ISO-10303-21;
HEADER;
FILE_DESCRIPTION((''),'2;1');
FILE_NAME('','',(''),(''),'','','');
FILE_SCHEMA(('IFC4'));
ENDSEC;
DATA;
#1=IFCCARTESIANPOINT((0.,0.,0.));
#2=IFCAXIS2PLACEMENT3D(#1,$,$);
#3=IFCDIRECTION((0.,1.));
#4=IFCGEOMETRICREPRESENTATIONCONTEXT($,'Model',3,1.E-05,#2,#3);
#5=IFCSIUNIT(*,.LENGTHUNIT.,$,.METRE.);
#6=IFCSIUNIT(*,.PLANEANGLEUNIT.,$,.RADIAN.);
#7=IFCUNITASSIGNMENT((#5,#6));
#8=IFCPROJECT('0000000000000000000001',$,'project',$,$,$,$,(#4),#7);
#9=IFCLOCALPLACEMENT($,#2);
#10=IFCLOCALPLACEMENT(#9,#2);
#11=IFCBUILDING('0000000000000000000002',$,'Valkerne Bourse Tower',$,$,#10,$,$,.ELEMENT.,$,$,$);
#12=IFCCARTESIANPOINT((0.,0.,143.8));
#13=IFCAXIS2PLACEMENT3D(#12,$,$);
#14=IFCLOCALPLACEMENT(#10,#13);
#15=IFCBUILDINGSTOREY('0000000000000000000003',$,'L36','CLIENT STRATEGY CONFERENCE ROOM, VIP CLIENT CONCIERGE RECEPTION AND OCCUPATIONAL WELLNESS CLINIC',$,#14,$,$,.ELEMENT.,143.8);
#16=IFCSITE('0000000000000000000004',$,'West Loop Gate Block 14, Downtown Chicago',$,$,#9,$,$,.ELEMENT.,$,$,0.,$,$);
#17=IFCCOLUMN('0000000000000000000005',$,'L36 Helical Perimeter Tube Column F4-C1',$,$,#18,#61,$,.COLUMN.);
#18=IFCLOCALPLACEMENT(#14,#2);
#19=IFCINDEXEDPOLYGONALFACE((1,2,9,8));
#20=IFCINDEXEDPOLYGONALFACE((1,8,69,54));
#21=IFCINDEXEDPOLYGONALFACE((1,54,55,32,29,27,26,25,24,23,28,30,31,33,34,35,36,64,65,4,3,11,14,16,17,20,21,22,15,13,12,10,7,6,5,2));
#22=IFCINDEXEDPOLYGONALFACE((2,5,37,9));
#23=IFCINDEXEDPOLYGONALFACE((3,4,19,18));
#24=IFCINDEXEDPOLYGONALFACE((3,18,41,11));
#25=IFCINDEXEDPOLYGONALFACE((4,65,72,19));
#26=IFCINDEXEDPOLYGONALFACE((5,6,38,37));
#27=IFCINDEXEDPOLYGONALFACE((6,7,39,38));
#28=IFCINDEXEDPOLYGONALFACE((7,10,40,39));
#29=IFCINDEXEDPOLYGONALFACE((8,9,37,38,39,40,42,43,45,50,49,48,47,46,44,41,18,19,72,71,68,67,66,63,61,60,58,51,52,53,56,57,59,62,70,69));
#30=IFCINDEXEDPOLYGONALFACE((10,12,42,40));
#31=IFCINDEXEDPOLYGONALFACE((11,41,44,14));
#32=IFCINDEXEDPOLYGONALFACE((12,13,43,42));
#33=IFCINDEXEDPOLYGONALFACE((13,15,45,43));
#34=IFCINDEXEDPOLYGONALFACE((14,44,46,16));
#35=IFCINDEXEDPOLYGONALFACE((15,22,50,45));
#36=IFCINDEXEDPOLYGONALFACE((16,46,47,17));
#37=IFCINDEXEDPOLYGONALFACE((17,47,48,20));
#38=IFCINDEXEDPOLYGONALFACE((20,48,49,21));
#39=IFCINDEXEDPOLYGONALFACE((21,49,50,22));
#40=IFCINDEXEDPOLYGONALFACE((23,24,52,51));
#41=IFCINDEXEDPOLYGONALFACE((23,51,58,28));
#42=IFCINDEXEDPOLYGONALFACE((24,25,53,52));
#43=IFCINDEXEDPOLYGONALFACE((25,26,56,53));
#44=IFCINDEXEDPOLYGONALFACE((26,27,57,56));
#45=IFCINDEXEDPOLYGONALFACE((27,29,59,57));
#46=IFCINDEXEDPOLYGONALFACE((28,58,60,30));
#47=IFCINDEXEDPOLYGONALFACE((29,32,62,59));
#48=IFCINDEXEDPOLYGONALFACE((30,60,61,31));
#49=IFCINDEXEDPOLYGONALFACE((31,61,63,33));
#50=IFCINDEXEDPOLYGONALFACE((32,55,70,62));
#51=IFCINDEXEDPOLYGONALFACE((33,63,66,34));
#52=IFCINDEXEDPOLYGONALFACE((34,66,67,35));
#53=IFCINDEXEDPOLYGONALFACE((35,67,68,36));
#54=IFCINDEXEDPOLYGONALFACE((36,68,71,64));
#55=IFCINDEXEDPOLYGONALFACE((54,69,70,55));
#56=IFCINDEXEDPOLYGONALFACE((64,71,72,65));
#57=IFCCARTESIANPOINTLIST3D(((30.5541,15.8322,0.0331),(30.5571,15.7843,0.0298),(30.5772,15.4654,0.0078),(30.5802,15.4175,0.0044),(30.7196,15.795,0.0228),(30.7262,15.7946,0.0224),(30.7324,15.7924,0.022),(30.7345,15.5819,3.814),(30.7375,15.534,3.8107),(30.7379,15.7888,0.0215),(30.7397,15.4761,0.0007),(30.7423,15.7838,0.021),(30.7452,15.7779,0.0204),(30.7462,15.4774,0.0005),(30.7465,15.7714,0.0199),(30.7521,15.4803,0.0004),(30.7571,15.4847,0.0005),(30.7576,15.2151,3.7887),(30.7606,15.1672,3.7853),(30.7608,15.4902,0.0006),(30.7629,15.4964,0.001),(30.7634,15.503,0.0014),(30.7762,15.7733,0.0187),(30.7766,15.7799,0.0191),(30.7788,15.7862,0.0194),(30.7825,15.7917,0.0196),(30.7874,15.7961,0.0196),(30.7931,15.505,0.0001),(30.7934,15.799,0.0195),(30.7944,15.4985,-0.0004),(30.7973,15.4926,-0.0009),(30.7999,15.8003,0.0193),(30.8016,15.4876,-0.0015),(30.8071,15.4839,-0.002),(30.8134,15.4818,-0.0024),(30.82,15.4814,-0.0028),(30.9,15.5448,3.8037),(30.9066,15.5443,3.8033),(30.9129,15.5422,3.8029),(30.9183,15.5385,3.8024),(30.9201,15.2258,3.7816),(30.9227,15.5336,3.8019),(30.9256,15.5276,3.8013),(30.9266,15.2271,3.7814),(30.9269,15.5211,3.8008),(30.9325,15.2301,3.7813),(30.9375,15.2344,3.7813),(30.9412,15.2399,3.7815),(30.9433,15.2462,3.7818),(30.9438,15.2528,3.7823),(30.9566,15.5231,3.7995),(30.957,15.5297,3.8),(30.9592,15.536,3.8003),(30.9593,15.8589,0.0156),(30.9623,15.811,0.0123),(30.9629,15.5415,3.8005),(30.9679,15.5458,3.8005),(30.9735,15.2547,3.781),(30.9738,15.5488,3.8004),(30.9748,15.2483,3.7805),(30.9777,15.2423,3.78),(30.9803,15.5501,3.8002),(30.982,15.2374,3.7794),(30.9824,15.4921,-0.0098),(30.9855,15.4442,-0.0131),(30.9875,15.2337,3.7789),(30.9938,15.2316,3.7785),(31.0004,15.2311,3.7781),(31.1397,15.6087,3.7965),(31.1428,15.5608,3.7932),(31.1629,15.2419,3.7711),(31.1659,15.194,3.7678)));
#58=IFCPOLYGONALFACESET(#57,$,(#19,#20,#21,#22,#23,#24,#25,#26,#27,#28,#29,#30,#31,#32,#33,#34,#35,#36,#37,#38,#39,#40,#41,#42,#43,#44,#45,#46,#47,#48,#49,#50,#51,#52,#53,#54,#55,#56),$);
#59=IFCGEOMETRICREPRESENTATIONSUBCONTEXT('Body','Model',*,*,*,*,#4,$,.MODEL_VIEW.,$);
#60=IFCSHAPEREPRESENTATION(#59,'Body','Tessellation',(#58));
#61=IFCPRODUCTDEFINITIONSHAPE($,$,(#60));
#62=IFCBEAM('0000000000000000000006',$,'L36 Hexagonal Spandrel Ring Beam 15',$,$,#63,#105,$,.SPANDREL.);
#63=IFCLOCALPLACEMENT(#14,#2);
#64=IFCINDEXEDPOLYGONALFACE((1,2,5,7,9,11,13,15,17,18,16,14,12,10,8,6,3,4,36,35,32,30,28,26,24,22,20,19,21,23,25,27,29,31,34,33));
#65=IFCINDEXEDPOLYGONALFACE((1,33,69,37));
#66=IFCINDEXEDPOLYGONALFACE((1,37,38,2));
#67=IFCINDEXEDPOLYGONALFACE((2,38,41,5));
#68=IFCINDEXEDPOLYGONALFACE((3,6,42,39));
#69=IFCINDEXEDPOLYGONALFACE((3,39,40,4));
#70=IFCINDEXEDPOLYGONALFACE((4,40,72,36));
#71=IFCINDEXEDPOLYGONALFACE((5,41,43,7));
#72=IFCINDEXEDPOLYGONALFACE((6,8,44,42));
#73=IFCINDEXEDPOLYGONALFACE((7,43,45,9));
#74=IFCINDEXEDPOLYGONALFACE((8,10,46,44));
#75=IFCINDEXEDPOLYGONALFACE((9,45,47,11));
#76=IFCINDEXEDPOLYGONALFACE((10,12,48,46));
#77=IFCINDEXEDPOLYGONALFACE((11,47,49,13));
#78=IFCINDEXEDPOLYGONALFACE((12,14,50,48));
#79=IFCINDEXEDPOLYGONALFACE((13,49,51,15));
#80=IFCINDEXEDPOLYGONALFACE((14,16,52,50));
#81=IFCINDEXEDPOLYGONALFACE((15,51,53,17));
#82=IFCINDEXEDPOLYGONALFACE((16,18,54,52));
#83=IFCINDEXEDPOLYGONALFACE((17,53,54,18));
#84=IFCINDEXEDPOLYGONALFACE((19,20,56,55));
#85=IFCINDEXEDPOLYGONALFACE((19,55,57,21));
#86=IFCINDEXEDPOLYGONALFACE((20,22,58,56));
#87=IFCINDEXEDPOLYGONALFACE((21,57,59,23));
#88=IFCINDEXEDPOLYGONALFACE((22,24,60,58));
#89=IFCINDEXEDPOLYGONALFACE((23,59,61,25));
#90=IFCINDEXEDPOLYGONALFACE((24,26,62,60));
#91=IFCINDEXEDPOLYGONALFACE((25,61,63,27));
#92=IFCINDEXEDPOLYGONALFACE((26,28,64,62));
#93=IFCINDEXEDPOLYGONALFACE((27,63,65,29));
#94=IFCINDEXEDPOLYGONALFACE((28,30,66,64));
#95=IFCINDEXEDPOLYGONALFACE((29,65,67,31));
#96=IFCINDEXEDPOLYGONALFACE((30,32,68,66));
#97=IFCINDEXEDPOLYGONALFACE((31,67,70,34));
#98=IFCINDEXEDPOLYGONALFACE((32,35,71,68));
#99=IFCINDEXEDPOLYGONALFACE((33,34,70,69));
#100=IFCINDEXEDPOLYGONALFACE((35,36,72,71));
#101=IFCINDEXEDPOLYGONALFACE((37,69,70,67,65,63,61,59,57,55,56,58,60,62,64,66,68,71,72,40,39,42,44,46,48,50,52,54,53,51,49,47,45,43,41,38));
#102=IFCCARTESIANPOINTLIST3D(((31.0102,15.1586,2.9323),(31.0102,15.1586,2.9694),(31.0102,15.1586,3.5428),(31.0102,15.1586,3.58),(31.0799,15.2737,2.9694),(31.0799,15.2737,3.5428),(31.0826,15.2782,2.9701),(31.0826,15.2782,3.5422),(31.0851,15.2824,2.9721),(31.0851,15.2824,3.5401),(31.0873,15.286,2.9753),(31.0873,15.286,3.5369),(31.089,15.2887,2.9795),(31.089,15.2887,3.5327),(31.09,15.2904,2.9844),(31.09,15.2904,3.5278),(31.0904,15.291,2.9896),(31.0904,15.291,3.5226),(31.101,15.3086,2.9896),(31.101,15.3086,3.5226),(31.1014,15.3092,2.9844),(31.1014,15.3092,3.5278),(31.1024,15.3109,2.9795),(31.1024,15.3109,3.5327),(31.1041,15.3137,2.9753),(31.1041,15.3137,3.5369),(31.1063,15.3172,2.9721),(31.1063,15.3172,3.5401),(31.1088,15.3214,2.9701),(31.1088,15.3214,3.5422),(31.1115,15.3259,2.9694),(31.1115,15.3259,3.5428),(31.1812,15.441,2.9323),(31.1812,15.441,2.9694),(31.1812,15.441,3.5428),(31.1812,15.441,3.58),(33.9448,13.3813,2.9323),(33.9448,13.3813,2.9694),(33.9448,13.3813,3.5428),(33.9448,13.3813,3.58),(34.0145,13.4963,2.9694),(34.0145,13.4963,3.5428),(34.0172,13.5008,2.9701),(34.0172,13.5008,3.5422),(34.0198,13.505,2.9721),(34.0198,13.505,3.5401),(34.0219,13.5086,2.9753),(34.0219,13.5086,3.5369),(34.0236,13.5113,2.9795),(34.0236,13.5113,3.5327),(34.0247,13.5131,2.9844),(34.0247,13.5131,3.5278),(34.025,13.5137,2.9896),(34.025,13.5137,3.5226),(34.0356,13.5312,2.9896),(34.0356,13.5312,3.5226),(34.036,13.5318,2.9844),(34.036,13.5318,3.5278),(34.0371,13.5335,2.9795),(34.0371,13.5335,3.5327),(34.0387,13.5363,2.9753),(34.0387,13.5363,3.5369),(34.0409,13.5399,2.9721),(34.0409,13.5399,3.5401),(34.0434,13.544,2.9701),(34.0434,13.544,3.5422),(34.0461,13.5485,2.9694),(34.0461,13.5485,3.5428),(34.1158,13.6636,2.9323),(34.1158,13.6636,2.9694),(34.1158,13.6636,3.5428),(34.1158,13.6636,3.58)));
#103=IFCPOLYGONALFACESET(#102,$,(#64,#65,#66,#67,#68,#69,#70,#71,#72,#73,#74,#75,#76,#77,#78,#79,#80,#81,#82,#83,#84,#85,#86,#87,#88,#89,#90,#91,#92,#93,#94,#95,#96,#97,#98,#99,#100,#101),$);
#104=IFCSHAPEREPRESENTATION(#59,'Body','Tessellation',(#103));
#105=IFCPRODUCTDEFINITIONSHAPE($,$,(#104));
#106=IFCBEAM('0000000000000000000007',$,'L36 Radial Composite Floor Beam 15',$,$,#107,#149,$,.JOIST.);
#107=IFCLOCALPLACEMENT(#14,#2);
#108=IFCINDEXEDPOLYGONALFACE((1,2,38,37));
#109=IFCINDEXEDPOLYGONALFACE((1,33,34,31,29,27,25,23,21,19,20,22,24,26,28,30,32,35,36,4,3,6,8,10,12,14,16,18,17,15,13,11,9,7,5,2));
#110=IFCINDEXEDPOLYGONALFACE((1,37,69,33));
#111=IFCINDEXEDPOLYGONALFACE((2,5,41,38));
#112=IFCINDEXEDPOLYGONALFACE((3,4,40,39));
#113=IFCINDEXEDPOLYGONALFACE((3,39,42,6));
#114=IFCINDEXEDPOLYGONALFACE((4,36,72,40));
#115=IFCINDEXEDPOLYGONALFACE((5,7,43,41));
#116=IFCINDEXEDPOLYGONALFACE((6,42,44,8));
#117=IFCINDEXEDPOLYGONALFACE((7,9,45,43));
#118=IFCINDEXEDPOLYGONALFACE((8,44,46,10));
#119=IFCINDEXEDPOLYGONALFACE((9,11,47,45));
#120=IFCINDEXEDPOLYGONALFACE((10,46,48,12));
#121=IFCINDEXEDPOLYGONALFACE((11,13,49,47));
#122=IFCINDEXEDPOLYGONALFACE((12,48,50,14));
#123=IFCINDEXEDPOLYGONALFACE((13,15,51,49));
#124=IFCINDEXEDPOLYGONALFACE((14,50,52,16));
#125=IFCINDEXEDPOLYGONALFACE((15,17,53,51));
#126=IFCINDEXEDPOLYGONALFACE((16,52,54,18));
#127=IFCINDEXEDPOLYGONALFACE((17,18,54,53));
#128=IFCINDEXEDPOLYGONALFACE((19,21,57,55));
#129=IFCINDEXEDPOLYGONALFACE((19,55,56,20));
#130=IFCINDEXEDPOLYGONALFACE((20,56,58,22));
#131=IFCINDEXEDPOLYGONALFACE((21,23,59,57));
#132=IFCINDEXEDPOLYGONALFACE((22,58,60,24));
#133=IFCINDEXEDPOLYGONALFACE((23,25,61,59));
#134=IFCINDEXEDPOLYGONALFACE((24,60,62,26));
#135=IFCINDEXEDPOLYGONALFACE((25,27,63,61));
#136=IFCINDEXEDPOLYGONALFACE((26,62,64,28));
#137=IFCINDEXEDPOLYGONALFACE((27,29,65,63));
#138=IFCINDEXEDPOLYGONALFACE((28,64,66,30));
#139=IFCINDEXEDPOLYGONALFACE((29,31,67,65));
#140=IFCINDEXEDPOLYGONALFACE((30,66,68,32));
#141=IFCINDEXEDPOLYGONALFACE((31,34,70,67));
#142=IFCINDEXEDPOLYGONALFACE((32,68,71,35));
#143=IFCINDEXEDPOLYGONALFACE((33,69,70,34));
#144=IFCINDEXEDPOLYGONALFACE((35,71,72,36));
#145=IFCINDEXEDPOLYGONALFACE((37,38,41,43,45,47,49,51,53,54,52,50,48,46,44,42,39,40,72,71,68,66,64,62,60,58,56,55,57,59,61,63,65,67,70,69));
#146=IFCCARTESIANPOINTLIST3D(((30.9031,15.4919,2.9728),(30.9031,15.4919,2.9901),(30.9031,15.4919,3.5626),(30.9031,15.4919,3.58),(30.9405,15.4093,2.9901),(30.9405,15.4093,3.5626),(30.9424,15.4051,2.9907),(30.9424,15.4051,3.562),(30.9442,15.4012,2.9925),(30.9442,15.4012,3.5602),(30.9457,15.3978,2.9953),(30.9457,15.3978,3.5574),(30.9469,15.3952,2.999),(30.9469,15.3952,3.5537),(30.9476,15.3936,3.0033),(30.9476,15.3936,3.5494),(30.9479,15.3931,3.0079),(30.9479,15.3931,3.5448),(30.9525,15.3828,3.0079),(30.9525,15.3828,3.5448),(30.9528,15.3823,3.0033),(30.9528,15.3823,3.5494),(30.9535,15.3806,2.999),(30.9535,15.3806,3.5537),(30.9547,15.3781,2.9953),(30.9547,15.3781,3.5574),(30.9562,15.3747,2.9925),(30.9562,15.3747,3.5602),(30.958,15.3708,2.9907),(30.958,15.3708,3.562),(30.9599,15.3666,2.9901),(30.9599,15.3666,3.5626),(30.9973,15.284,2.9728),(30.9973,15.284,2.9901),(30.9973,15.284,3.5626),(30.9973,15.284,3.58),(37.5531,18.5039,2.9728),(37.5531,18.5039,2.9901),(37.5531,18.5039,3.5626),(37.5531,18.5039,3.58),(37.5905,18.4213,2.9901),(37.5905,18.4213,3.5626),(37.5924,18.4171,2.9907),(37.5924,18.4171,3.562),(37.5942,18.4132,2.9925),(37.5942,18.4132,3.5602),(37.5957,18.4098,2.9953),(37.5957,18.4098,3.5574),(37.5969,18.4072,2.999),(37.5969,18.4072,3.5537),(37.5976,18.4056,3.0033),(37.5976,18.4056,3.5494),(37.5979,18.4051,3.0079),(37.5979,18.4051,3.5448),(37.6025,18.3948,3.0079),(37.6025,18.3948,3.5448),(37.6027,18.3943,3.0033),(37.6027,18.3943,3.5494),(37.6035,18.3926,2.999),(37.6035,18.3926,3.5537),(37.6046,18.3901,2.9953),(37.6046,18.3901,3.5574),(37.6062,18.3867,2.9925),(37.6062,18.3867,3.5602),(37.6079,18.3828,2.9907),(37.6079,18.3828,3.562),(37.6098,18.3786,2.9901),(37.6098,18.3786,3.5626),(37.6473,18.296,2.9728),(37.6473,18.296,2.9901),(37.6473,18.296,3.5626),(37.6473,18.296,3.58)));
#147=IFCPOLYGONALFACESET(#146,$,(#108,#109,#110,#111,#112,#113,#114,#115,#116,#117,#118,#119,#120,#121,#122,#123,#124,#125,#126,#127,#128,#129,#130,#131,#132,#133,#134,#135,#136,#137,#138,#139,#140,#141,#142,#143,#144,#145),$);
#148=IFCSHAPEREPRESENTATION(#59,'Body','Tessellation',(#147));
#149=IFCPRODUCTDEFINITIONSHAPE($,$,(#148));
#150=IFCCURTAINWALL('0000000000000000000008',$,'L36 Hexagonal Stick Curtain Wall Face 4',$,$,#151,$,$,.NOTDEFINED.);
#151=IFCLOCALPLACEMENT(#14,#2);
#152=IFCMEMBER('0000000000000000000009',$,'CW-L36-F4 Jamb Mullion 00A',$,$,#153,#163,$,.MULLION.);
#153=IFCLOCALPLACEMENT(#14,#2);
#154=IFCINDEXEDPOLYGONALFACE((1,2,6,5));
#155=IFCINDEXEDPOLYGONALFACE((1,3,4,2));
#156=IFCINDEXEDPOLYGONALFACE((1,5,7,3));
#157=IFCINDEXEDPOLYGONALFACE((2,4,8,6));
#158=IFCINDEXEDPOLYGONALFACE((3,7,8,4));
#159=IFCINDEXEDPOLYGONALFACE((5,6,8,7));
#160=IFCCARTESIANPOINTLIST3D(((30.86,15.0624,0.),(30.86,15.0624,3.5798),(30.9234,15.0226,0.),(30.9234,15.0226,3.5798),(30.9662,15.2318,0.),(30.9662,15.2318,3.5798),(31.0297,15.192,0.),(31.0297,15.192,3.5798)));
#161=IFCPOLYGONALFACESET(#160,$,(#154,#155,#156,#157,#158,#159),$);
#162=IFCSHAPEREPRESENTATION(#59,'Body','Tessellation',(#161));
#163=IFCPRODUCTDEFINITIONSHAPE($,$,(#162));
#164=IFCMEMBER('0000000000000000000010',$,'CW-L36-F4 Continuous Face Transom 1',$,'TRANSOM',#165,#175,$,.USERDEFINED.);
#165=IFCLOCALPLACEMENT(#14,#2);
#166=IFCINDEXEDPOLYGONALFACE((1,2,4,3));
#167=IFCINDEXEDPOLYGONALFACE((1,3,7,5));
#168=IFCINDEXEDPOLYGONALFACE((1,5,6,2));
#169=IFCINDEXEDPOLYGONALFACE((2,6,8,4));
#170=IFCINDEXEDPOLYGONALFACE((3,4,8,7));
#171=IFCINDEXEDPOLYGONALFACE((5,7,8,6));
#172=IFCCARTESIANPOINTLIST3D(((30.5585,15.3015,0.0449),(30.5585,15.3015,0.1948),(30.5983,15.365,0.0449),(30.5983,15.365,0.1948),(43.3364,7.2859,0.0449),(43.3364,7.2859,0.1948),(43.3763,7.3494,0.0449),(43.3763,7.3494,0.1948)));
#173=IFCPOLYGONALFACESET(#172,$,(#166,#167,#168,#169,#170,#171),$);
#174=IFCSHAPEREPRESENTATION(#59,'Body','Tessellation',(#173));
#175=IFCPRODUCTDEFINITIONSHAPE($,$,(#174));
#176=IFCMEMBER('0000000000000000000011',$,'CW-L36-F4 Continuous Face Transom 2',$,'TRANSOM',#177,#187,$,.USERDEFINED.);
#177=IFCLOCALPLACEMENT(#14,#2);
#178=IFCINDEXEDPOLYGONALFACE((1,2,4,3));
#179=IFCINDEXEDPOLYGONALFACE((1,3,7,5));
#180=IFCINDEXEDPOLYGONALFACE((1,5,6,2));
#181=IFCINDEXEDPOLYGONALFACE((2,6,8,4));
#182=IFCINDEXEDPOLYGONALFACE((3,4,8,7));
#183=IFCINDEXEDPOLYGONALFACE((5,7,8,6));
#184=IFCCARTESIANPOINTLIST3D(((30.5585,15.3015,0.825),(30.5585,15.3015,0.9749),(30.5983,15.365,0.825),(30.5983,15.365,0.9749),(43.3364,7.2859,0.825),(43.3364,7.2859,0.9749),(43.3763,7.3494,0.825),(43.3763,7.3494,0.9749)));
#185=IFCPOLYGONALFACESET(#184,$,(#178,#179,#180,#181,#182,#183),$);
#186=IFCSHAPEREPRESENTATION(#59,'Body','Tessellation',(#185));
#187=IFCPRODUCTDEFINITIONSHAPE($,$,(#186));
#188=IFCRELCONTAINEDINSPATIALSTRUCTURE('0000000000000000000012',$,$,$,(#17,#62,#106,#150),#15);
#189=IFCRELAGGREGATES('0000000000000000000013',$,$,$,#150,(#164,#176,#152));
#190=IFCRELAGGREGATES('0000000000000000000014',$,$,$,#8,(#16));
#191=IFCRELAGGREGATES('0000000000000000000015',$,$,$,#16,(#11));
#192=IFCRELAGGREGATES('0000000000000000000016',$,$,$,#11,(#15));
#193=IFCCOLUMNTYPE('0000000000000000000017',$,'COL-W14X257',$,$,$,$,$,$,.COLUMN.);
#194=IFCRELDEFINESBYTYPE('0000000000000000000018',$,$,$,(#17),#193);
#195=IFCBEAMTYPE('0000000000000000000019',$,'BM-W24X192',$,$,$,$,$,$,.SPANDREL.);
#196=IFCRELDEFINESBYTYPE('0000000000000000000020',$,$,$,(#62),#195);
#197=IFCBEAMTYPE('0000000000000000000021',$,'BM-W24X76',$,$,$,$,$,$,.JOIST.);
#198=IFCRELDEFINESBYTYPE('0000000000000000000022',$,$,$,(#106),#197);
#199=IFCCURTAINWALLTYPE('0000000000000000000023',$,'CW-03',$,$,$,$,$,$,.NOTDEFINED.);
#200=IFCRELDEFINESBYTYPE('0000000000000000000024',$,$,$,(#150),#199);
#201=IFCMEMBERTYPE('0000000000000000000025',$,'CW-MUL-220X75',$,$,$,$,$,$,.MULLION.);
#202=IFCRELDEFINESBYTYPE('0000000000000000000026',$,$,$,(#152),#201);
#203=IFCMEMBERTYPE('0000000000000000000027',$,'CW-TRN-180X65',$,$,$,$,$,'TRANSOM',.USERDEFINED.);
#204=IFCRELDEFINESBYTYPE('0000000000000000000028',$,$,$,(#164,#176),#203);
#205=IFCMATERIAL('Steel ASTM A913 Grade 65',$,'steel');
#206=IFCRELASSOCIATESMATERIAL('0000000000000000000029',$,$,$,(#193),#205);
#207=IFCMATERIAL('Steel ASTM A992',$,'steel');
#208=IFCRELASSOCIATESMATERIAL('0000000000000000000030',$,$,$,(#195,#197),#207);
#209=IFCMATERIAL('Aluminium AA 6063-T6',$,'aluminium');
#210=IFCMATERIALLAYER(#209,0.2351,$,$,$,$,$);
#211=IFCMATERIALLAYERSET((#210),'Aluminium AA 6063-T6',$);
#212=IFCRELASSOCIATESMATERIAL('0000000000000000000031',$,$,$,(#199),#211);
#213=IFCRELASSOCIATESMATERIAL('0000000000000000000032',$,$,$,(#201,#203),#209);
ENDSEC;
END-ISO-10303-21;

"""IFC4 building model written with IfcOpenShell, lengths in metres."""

from ifc_helpers import new_model, si_unit, direction, frame, origin, origin_2d, place, context, subcontext, project, spatial, rectangle, i_section, extrude, material, layer, layer_set, material_profile, profile_set, type_object, element, aggregate, save


model = new_model("IFC4")

# Units and contexts
model_context = context("Model", 3, precision=1e-05, world=origin(), true_north=direction((0.0, 1.0)))
body_context = subcontext(model_context, "Body", "Model", "MODEL_VIEW")
ifc_project = project(units=[si_unit("LENGTHUNIT", "METRE"), si_unit("PLANEANGLEUNIT", "RADIAN")], contexts=[model_context])

# Site, building, storey
site_placement = place(None, origin())
site = spatial("IfcSite", under=ifc_project, at=site_placement, Name="West Loop Gate Block 14, Downtown Chicago", CompositionType="ELEMENT", RefElevation=0.0)
building_placement = place(site_placement, origin())
building = spatial("IfcBuilding", under=site, at=building_placement, Name="Valkerne Bourse Tower", CompositionType="ELEMENT")
storey_placement = place(building_placement, frame((0.0, 0.0, 143.8)))
storey = spatial("IfcBuildingStorey", under=building, at=storey_placement, Name="L36", Description="CLIENT STRATEGY CONFERENCE ROOM, VIP CLIENT CONCIERGE RECEPTION AND OCCUPATIONAL WELLNESS CLINIC", CompositionType="ELEMENT", Elevation=143.8)

# Column
ifc_material_1 = material(Name="Steel ASTM A913 Grade 65", Category="steel")
ifc_material_profile_1 = material_profile(ifc_material_1, i_section(OverallWidth=0.4065, OverallDepth=0.4165, WebThickness=0.0298, FlangeThickness=0.0481, FilletRadius=0.0254, at=origin_2d()), Name="W14X257")
ifc_profile_set_1 = profile_set([ifc_material_profile_1], Name="Steel ASTM A913 Grade 65")
column_type = type_object("IfcColumnType", Name="COL-W14X257", PredefinedType="COLUMN", material=ifc_profile_set_1)
column_placement = place(storey_placement, frame((30.7698, 15.6382, 0.01), z_axis=(0.047559, -0.065965, 0.996688), x_axis=(0.996897, 0.065798, -0.043215)))
element("IfcColumn", 1, at=column_placement, inside=storey, type_object=column_type, Name="L36 Helical Perimeter Tube Column F4-C1", PredefinedType="COLUMN", context=body_context, shape_type="SweptSolid", body=[
    extrude(i_section(OverallWidth=0.4065, OverallDepth=0.4165, WebThickness=0.0298, FlangeThickness=0.0481, FilletRadius=0.0254, at=origin_2d()), origin(), (0.0, 0.0, 1.0), 3.7935),
])

# Beams
ifc_material_2 = material(Name="Steel ASTM A992", Category="steel")
ifc_material_profile_2 = material_profile(ifc_material_2, i_section(OverallWidth=0.3301, OverallDepth=0.6477, WebThickness=0.0205, FlangeThickness=0.0371, FilletRadius=0.0203, at=origin_2d()), Name="W24X192")
ifc_profile_set_2 = profile_set([ifc_material_profile_2], Name="Steel ASTM A992")
beam_type_1 = type_object("IfcBeamType", Name="BM-W24X192", PredefinedType="SPANDREL", material=ifc_profile_set_2)
beam_1_placement = place(storey_placement, frame((31.0957, 15.2998, 3.2561), z_axis=(0.855351, -0.518049, 0.0), x_axis=(0.518049, 0.855351, 0.0)))
element("IfcBeam", 2, at=beam_1_placement, inside=storey, type_object=beam_type_1, Name="L36 Hexagonal Spandrel Ring Beam 15", PredefinedType="SPANDREL", context=body_context, shape_type="SweptSolid", body=[
    extrude(i_section(OverallWidth=0.3301, OverallDepth=0.6477, WebThickness=0.0205, FlangeThickness=0.0371, FilletRadius=0.0203, at=origin_2d()), origin(), (0.0, 0.0, 1.0), 3.4309),
])
ifc_material_profile_3 = material_profile(ifc_material_2, i_section(OverallWidth=0.2283, OverallDepth=0.6072, WebThickness=0.0112, FlangeThickness=0.0173, FilletRadius=0.0178, at=origin_2d()), Name="W24X76")
ifc_profile_set_3 = profile_set([ifc_material_profile_3], Name="Steel ASTM A992")
beam_type_2 = type_object("IfcBeamType", Name="BM-W24X76", PredefinedType="JOIST", material=ifc_profile_set_3)
beam_2_placement = place(storey_placement, frame((30.9502, 15.3879, 3.2764), z_axis=(0.910919, 0.412586, 0.0), x_axis=(-0.412586, 0.910919, 0.0)))
element("IfcBeam", 3, at=beam_2_placement, inside=storey, type_object=beam_type_2, Name="L36 Radial Composite Floor Beam 15", PredefinedType="JOIST", context=body_context, shape_type="SweptSolid", body=[
    extrude(i_section(OverallWidth=0.2283, OverallDepth=0.6072, WebThickness=0.0112, FlangeThickness=0.0173, FilletRadius=0.0178, at=origin_2d()), origin(), (0.0, 0.0, 1.0), 7.3003),
])

# Curtain wall, members
ifc_material_3 = material(Name="Aluminium AA 6063-T6", Category="aluminium")
ifc_layer_1 = layer(ifc_material_3, 0.2351)
ifc_layer_set_1 = layer_set([ifc_layer_1], Name="Aluminium AA 6063-T6")
curtain_wall_type = type_object("IfcCurtainWallType", Name="CW-03", PredefinedType="NOTDEFINED", material=ifc_layer_set_1)
curtain_wall_placement = place(storey_placement, origin())
curtain_wall = element("IfcCurtainWall", 4, at=curtain_wall_placement, inside=storey, type_object=curtain_wall_type, Name="L36 Hexagonal Stick Curtain Wall Face 4", PredefinedType="NOTDEFINED")
ifc_material_profile_4 = material_profile(ifc_material_3, rectangle(XDim=0.075, YDim=0.2, at=origin_2d()), Name="CWM-75X200")
ifc_profile_set_4 = profile_set([ifc_material_profile_4], Name="Aluminium AA 6063-T6")
member_type_1 = type_object("IfcMemberType", Name="CW-MUL-220X75", PredefinedType="MULLION", material=ifc_profile_set_4)
member_1_placement = place(storey_placement, frame((30.9448, 15.1272, 0.0), z_axis=(0.0, 0.0, 1.0), x_axis=(0.847123, -0.531397, 0.0)))
member_1 = element("IfcMember", 5, at=member_1_placement, type_object=member_type_1, Name="CW-L36-F4 Jamb Mullion 00A", PredefinedType="MULLION", context=body_context, shape_type="SweptSolid", body=[
    extrude(rectangle(XDim=0.075, YDim=0.2, at=origin_2d()), origin(), (0.0, 0.0, 1.0), 3.5798),
])
ifc_material_profile_5 = material_profile(ifc_material_3, rectangle(XDim=0.075, YDim=0.1499, at=origin_2d()), Name="CWT-75X150")
ifc_profile_set_5 = profile_set([ifc_material_profile_5], Name="Aluminium AA 6063-T6")
member_type_2 = type_object("IfcMemberType", Name="CW-TRN-180X65", ElementType="TRANSOM", PredefinedType="USERDEFINED", material=ifc_profile_set_5)
member_2_placement = place(storey_placement, frame((30.5784, 15.3333, 0.1199), z_axis=(0.847123, -0.531396, 0.0), x_axis=(0.531396, 0.847123, 0.0)))
member_2 = element("IfcMember", 6, at=member_2_placement, type_object=member_type_2, Name="CW-L36-F4 Continuous Face Transom 1", ObjectType="TRANSOM", PredefinedType="USERDEFINED", context=body_context, shape_type="SweptSolid", body=[
    extrude(rectangle(XDim=0.075, YDim=0.1499, at=origin_2d()), origin(), (0.0, 0.0, 1.0), 15.084),
])
member_3_placement = place(storey_placement, frame((30.5784, 15.3333, 0.8999), z_axis=(0.847123, -0.531396, 0.0), x_axis=(0.531396, 0.847123, 0.0)))
member_3 = element("IfcMember", 7, at=member_3_placement, type_object=member_type_2, Name="CW-L36-F4 Continuous Face Transom 2", ObjectType="TRANSOM", PredefinedType="USERDEFINED", context=body_context, shape_type="SweptSolid", body=[
    extrude(rectangle(XDim=0.075, YDim=0.1499, at=origin_2d()), origin(), (0.0, 0.0, 1.0), 15.084),
])

aggregate(curtain_wall, [member_2, member_3, member_1])

save(model, "model.ifc")
